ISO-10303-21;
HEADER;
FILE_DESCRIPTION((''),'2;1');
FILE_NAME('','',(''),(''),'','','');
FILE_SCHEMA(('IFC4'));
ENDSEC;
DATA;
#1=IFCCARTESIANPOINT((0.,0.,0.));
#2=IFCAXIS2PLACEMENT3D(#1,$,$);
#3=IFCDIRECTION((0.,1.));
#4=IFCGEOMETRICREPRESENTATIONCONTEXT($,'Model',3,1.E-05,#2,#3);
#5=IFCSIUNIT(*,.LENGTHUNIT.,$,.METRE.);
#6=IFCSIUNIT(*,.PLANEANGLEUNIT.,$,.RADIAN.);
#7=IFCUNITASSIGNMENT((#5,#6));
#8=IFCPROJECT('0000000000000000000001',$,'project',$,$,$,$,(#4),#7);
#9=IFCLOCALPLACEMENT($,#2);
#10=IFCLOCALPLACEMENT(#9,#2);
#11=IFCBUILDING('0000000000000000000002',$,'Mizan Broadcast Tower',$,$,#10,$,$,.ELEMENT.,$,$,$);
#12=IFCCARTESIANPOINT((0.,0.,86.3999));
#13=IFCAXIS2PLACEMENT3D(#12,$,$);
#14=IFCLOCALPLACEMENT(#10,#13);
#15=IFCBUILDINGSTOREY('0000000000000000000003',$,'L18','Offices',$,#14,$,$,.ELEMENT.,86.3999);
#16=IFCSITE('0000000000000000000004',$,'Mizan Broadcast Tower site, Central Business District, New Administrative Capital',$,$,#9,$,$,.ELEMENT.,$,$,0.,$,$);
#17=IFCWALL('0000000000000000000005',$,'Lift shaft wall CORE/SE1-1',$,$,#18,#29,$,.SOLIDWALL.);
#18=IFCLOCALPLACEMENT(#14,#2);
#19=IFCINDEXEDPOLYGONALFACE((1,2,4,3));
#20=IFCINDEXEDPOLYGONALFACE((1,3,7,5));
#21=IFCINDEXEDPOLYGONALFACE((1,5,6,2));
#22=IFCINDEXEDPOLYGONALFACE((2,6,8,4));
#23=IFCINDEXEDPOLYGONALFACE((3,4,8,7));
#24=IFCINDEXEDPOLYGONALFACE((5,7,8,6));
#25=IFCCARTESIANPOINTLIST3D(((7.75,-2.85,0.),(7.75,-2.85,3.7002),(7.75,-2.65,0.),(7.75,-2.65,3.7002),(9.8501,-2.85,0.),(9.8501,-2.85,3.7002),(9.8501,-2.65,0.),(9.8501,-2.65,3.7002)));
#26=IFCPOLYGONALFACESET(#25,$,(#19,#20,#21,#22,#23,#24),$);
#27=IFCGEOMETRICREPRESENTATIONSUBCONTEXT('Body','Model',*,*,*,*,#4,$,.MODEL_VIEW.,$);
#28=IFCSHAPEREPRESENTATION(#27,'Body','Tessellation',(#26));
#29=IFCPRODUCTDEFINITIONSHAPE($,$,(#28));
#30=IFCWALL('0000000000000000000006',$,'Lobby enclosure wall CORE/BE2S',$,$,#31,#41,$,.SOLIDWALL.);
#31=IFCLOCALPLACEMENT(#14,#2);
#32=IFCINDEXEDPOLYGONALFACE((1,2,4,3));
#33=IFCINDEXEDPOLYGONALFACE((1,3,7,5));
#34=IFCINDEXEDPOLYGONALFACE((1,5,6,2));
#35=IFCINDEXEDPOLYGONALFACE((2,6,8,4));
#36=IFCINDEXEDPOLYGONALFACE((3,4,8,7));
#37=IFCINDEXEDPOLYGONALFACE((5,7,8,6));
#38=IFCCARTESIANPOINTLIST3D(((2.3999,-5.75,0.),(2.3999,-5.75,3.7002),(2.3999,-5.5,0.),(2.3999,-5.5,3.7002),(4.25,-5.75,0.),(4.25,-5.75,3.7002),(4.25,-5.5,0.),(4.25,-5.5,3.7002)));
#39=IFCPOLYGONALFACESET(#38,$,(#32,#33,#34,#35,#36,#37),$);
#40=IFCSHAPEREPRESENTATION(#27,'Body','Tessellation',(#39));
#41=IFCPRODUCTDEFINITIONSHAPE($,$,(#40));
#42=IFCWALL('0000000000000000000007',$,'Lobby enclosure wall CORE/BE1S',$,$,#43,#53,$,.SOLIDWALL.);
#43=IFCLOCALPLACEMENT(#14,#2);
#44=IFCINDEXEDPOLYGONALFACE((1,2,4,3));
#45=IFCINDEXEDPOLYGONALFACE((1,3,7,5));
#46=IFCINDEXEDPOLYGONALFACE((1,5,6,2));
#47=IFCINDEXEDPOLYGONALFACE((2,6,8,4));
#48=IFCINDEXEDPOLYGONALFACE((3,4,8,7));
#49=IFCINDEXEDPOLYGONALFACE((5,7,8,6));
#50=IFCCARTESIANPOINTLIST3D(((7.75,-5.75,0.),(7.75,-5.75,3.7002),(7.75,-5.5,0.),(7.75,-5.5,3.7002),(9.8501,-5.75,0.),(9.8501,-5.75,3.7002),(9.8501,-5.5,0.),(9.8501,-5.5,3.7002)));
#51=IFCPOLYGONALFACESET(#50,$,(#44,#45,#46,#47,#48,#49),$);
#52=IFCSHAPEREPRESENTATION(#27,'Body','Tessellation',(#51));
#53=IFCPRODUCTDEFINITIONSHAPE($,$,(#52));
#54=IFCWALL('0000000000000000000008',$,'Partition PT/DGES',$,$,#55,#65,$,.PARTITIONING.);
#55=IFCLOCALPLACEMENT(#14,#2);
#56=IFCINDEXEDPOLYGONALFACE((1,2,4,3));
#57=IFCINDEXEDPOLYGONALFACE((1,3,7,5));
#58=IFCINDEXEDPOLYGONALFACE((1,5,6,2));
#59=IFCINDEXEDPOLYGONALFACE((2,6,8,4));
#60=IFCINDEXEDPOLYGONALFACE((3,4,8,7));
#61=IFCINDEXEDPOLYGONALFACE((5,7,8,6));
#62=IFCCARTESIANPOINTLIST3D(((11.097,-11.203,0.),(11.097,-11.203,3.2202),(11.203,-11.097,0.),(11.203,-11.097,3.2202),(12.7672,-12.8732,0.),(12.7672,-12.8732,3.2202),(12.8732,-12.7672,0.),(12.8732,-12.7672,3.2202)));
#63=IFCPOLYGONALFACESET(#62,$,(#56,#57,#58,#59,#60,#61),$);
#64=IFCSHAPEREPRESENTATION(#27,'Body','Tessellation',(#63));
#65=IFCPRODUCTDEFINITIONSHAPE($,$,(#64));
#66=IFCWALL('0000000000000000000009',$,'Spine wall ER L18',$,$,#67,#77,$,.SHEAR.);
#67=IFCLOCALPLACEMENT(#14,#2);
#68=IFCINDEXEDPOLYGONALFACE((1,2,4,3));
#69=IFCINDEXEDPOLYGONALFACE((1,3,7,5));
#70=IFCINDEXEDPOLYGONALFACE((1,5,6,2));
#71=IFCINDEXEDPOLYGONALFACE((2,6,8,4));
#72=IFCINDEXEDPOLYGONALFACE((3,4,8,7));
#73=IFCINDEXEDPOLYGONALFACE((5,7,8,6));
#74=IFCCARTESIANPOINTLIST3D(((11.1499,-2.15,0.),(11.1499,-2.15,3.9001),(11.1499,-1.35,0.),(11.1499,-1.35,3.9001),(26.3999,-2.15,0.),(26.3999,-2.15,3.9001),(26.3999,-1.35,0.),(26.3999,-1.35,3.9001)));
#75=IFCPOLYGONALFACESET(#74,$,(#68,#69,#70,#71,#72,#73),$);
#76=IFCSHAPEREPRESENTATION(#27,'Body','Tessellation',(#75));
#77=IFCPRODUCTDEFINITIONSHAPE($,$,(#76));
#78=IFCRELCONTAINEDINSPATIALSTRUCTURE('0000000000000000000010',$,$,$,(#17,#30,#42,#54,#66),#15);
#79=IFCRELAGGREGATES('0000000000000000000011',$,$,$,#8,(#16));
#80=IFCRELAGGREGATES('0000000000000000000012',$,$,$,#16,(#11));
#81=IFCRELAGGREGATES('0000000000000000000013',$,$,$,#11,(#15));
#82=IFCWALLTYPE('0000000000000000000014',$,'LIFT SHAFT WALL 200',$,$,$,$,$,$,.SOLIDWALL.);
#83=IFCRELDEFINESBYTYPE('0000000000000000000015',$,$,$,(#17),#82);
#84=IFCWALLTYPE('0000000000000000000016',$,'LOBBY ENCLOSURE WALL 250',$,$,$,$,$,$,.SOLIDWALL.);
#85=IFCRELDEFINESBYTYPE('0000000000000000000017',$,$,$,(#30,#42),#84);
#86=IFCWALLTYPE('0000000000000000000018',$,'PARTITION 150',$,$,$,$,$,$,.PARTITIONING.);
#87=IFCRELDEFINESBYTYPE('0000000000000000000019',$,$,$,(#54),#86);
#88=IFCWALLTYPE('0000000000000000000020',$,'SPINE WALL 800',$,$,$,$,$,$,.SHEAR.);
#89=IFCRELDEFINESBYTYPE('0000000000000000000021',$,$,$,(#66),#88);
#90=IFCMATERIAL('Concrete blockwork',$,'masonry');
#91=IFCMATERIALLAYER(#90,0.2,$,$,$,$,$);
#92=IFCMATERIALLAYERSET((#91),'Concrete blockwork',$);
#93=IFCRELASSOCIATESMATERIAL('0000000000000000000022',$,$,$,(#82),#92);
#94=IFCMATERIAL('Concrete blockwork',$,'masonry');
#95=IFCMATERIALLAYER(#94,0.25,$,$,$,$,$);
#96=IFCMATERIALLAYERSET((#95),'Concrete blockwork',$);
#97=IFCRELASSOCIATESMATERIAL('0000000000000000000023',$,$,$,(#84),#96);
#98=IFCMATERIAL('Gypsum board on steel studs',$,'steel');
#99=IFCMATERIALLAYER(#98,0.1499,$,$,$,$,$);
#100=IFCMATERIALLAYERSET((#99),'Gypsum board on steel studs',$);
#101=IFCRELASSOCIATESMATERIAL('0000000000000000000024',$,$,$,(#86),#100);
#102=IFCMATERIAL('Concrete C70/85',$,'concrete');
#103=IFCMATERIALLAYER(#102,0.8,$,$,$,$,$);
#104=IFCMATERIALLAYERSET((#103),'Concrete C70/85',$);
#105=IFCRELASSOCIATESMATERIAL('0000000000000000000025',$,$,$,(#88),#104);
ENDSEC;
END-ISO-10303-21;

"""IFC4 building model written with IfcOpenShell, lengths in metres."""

from ifc_helpers import new_model, si_unit, direction, frame, frame_2d, origin, place, context, subcontext, project, spatial, rectangle, extrude, material, layer, layer_set, type_object, element, save


model = new_model("IFC4")

# Units and contexts
model_context = context("Model", 3, precision=1e-05, world=origin(), true_north=direction((0.0, 1.0)))
body_context = subcontext(model_context, "Body", "Model", "MODEL_VIEW")
ifc_project = project(units=[si_unit("LENGTHUNIT", "METRE"), si_unit("PLANEANGLEUNIT", "RADIAN")], contexts=[model_context])

# Site, building, storey
site_placement = place(None, origin())
site = spatial("IfcSite", under=ifc_project, at=site_placement, Name="Mizan Broadcast Tower site, Central Business District, New Administrative Capital", CompositionType="ELEMENT", RefElevation=0.0)
building_placement = place(site_placement, origin())
building = spatial("IfcBuilding", under=site, at=building_placement, Name="Mizan Broadcast Tower", CompositionType="ELEMENT")
storey_placement = place(building_placement, frame((0.0, 0.0, 86.3999)))
storey = spatial("IfcBuildingStorey", under=building, at=storey_placement, Name="L18", Description="Offices", CompositionType="ELEMENT", Elevation=86.3999)

# Walls
ifc_material_1 = material(Name="Concrete blockwork", Category="masonry")
ifc_layer_1 = layer(ifc_material_1, 0.2)
ifc_layer_set_1 = layer_set([ifc_layer_1], Name="Concrete blockwork")
wall_type_1 = type_object("IfcWallType", Name="LIFT SHAFT WALL 200", PredefinedType="SOLIDWALL", material=ifc_layer_set_1)
wall_1_placement = place(storey_placement, frame((7.75, -2.75, 0.0), z_axis=(0.0, 0.0, 1.0), x_axis=(1.0, 0.0, 0.0)))
element("IfcWall", 1, at=wall_1_placement, inside=storey, type_object=wall_type_1, Name="Lift shaft wall CORE/SE1-1", PredefinedType="SOLIDWALL", context=body_context, shape_type="SweptSolid", body=[
    extrude(rectangle(XDim=2.1001, YDim=0.2, at=frame_2d((1.05, 0.0))), origin(), (0.0, 0.0, 1.0), 3.7002),
])
ifc_material_2 = material(Name="Concrete blockwork", Category="masonry")
ifc_layer_2 = layer(ifc_material_2, 0.25)
ifc_layer_set_2 = layer_set([ifc_layer_2], Name="Concrete blockwork")
wall_type_2 = type_object("IfcWallType", Name="LOBBY ENCLOSURE WALL 250", PredefinedType="SOLIDWALL", material=ifc_layer_set_2)
wall_2_placement = place(storey_placement, frame((2.3999, -5.625, 0.0), z_axis=(0.0, 0.0, 1.0), x_axis=(1.0, 0.0, 0.0)))
element("IfcWall", 2, at=wall_2_placement, inside=storey, type_object=wall_type_2, Name="Lobby enclosure wall CORE/BE2S", PredefinedType="SOLIDWALL", context=body_context, shape_type="SweptSolid", body=[
    extrude(rectangle(XDim=1.8501, YDim=0.25, at=frame_2d((0.925, 0.0))), origin(), (0.0, 0.0, 1.0), 3.7002),
])
wall_3_placement = place(storey_placement, frame((7.75, -5.625, 0.0), z_axis=(0.0, 0.0, 1.0), x_axis=(1.0, 0.0, 0.0)))
element("IfcWall", 3, at=wall_3_placement, inside=storey, type_object=wall_type_2, Name="Lobby enclosure wall CORE/BE1S", PredefinedType="SOLIDWALL", context=body_context, shape_type="SweptSolid", body=[
    extrude(rectangle(XDim=2.1001, YDim=0.25, at=frame_2d((1.05, 0.0))), origin(), (0.0, 0.0, 1.0), 3.7002),
])
ifc_material_3 = material(Name="Gypsum board on steel studs", Category="steel")
ifc_layer_3 = layer(ifc_material_3, 0.1499)
ifc_layer_set_3 = layer_set([ifc_layer_3], Name="Gypsum board on steel studs")
wall_type_3 = type_object("IfcWallType", Name="PARTITION 150", PredefinedType="PARTITIONING", material=ifc_layer_set_3)
wall_4_placement = place(storey_placement, frame((11.1499, -11.1499, 0.0), z_axis=(0.0, 0.0, 1.0), x_axis=(0.707107, -0.707107, 0.0)))
element("IfcWall", 4, at=wall_4_placement, inside=storey, type_object=wall_type_3, Name="Partition PT/DGES", PredefinedType="PARTITIONING", context=body_context, shape_type="SweptSolid", body=[
    extrude(rectangle(XDim=2.3621, YDim=0.1499, at=frame_2d((1.1812, 0.0))), origin(), (0.0, 0.0, 1.0), 3.2202),
])
ifc_material_4 = material(Name="Concrete C70/85", Category="concrete")
ifc_layer_4 = layer(ifc_material_4, 0.8)
ifc_layer_set_4 = layer_set([ifc_layer_4], Name="Concrete C70/85")
wall_type_4 = type_object("IfcWallType", Name="SPINE WALL 800", PredefinedType="SHEAR", material=ifc_layer_set_4)
wall_5_placement = place(storey_placement, frame((11.1499, -1.75, 0.0), z_axis=(0.0, 0.0, 1.0), x_axis=(1.0, 0.0, 0.0)))
element("IfcWall", 5, at=wall_5_placement, inside=storey, type_object=wall_type_4, Name="Spine wall ER L18", PredefinedType="SHEAR", context=body_context, shape_type="SweptSolid", body=[
    extrude(rectangle(XDim=15.25, YDim=0.8, at=frame_2d((7.625, 0.0))), origin(), (0.0, 0.0, 1.0), 3.9001),
])

save(model, "model.ifc")
